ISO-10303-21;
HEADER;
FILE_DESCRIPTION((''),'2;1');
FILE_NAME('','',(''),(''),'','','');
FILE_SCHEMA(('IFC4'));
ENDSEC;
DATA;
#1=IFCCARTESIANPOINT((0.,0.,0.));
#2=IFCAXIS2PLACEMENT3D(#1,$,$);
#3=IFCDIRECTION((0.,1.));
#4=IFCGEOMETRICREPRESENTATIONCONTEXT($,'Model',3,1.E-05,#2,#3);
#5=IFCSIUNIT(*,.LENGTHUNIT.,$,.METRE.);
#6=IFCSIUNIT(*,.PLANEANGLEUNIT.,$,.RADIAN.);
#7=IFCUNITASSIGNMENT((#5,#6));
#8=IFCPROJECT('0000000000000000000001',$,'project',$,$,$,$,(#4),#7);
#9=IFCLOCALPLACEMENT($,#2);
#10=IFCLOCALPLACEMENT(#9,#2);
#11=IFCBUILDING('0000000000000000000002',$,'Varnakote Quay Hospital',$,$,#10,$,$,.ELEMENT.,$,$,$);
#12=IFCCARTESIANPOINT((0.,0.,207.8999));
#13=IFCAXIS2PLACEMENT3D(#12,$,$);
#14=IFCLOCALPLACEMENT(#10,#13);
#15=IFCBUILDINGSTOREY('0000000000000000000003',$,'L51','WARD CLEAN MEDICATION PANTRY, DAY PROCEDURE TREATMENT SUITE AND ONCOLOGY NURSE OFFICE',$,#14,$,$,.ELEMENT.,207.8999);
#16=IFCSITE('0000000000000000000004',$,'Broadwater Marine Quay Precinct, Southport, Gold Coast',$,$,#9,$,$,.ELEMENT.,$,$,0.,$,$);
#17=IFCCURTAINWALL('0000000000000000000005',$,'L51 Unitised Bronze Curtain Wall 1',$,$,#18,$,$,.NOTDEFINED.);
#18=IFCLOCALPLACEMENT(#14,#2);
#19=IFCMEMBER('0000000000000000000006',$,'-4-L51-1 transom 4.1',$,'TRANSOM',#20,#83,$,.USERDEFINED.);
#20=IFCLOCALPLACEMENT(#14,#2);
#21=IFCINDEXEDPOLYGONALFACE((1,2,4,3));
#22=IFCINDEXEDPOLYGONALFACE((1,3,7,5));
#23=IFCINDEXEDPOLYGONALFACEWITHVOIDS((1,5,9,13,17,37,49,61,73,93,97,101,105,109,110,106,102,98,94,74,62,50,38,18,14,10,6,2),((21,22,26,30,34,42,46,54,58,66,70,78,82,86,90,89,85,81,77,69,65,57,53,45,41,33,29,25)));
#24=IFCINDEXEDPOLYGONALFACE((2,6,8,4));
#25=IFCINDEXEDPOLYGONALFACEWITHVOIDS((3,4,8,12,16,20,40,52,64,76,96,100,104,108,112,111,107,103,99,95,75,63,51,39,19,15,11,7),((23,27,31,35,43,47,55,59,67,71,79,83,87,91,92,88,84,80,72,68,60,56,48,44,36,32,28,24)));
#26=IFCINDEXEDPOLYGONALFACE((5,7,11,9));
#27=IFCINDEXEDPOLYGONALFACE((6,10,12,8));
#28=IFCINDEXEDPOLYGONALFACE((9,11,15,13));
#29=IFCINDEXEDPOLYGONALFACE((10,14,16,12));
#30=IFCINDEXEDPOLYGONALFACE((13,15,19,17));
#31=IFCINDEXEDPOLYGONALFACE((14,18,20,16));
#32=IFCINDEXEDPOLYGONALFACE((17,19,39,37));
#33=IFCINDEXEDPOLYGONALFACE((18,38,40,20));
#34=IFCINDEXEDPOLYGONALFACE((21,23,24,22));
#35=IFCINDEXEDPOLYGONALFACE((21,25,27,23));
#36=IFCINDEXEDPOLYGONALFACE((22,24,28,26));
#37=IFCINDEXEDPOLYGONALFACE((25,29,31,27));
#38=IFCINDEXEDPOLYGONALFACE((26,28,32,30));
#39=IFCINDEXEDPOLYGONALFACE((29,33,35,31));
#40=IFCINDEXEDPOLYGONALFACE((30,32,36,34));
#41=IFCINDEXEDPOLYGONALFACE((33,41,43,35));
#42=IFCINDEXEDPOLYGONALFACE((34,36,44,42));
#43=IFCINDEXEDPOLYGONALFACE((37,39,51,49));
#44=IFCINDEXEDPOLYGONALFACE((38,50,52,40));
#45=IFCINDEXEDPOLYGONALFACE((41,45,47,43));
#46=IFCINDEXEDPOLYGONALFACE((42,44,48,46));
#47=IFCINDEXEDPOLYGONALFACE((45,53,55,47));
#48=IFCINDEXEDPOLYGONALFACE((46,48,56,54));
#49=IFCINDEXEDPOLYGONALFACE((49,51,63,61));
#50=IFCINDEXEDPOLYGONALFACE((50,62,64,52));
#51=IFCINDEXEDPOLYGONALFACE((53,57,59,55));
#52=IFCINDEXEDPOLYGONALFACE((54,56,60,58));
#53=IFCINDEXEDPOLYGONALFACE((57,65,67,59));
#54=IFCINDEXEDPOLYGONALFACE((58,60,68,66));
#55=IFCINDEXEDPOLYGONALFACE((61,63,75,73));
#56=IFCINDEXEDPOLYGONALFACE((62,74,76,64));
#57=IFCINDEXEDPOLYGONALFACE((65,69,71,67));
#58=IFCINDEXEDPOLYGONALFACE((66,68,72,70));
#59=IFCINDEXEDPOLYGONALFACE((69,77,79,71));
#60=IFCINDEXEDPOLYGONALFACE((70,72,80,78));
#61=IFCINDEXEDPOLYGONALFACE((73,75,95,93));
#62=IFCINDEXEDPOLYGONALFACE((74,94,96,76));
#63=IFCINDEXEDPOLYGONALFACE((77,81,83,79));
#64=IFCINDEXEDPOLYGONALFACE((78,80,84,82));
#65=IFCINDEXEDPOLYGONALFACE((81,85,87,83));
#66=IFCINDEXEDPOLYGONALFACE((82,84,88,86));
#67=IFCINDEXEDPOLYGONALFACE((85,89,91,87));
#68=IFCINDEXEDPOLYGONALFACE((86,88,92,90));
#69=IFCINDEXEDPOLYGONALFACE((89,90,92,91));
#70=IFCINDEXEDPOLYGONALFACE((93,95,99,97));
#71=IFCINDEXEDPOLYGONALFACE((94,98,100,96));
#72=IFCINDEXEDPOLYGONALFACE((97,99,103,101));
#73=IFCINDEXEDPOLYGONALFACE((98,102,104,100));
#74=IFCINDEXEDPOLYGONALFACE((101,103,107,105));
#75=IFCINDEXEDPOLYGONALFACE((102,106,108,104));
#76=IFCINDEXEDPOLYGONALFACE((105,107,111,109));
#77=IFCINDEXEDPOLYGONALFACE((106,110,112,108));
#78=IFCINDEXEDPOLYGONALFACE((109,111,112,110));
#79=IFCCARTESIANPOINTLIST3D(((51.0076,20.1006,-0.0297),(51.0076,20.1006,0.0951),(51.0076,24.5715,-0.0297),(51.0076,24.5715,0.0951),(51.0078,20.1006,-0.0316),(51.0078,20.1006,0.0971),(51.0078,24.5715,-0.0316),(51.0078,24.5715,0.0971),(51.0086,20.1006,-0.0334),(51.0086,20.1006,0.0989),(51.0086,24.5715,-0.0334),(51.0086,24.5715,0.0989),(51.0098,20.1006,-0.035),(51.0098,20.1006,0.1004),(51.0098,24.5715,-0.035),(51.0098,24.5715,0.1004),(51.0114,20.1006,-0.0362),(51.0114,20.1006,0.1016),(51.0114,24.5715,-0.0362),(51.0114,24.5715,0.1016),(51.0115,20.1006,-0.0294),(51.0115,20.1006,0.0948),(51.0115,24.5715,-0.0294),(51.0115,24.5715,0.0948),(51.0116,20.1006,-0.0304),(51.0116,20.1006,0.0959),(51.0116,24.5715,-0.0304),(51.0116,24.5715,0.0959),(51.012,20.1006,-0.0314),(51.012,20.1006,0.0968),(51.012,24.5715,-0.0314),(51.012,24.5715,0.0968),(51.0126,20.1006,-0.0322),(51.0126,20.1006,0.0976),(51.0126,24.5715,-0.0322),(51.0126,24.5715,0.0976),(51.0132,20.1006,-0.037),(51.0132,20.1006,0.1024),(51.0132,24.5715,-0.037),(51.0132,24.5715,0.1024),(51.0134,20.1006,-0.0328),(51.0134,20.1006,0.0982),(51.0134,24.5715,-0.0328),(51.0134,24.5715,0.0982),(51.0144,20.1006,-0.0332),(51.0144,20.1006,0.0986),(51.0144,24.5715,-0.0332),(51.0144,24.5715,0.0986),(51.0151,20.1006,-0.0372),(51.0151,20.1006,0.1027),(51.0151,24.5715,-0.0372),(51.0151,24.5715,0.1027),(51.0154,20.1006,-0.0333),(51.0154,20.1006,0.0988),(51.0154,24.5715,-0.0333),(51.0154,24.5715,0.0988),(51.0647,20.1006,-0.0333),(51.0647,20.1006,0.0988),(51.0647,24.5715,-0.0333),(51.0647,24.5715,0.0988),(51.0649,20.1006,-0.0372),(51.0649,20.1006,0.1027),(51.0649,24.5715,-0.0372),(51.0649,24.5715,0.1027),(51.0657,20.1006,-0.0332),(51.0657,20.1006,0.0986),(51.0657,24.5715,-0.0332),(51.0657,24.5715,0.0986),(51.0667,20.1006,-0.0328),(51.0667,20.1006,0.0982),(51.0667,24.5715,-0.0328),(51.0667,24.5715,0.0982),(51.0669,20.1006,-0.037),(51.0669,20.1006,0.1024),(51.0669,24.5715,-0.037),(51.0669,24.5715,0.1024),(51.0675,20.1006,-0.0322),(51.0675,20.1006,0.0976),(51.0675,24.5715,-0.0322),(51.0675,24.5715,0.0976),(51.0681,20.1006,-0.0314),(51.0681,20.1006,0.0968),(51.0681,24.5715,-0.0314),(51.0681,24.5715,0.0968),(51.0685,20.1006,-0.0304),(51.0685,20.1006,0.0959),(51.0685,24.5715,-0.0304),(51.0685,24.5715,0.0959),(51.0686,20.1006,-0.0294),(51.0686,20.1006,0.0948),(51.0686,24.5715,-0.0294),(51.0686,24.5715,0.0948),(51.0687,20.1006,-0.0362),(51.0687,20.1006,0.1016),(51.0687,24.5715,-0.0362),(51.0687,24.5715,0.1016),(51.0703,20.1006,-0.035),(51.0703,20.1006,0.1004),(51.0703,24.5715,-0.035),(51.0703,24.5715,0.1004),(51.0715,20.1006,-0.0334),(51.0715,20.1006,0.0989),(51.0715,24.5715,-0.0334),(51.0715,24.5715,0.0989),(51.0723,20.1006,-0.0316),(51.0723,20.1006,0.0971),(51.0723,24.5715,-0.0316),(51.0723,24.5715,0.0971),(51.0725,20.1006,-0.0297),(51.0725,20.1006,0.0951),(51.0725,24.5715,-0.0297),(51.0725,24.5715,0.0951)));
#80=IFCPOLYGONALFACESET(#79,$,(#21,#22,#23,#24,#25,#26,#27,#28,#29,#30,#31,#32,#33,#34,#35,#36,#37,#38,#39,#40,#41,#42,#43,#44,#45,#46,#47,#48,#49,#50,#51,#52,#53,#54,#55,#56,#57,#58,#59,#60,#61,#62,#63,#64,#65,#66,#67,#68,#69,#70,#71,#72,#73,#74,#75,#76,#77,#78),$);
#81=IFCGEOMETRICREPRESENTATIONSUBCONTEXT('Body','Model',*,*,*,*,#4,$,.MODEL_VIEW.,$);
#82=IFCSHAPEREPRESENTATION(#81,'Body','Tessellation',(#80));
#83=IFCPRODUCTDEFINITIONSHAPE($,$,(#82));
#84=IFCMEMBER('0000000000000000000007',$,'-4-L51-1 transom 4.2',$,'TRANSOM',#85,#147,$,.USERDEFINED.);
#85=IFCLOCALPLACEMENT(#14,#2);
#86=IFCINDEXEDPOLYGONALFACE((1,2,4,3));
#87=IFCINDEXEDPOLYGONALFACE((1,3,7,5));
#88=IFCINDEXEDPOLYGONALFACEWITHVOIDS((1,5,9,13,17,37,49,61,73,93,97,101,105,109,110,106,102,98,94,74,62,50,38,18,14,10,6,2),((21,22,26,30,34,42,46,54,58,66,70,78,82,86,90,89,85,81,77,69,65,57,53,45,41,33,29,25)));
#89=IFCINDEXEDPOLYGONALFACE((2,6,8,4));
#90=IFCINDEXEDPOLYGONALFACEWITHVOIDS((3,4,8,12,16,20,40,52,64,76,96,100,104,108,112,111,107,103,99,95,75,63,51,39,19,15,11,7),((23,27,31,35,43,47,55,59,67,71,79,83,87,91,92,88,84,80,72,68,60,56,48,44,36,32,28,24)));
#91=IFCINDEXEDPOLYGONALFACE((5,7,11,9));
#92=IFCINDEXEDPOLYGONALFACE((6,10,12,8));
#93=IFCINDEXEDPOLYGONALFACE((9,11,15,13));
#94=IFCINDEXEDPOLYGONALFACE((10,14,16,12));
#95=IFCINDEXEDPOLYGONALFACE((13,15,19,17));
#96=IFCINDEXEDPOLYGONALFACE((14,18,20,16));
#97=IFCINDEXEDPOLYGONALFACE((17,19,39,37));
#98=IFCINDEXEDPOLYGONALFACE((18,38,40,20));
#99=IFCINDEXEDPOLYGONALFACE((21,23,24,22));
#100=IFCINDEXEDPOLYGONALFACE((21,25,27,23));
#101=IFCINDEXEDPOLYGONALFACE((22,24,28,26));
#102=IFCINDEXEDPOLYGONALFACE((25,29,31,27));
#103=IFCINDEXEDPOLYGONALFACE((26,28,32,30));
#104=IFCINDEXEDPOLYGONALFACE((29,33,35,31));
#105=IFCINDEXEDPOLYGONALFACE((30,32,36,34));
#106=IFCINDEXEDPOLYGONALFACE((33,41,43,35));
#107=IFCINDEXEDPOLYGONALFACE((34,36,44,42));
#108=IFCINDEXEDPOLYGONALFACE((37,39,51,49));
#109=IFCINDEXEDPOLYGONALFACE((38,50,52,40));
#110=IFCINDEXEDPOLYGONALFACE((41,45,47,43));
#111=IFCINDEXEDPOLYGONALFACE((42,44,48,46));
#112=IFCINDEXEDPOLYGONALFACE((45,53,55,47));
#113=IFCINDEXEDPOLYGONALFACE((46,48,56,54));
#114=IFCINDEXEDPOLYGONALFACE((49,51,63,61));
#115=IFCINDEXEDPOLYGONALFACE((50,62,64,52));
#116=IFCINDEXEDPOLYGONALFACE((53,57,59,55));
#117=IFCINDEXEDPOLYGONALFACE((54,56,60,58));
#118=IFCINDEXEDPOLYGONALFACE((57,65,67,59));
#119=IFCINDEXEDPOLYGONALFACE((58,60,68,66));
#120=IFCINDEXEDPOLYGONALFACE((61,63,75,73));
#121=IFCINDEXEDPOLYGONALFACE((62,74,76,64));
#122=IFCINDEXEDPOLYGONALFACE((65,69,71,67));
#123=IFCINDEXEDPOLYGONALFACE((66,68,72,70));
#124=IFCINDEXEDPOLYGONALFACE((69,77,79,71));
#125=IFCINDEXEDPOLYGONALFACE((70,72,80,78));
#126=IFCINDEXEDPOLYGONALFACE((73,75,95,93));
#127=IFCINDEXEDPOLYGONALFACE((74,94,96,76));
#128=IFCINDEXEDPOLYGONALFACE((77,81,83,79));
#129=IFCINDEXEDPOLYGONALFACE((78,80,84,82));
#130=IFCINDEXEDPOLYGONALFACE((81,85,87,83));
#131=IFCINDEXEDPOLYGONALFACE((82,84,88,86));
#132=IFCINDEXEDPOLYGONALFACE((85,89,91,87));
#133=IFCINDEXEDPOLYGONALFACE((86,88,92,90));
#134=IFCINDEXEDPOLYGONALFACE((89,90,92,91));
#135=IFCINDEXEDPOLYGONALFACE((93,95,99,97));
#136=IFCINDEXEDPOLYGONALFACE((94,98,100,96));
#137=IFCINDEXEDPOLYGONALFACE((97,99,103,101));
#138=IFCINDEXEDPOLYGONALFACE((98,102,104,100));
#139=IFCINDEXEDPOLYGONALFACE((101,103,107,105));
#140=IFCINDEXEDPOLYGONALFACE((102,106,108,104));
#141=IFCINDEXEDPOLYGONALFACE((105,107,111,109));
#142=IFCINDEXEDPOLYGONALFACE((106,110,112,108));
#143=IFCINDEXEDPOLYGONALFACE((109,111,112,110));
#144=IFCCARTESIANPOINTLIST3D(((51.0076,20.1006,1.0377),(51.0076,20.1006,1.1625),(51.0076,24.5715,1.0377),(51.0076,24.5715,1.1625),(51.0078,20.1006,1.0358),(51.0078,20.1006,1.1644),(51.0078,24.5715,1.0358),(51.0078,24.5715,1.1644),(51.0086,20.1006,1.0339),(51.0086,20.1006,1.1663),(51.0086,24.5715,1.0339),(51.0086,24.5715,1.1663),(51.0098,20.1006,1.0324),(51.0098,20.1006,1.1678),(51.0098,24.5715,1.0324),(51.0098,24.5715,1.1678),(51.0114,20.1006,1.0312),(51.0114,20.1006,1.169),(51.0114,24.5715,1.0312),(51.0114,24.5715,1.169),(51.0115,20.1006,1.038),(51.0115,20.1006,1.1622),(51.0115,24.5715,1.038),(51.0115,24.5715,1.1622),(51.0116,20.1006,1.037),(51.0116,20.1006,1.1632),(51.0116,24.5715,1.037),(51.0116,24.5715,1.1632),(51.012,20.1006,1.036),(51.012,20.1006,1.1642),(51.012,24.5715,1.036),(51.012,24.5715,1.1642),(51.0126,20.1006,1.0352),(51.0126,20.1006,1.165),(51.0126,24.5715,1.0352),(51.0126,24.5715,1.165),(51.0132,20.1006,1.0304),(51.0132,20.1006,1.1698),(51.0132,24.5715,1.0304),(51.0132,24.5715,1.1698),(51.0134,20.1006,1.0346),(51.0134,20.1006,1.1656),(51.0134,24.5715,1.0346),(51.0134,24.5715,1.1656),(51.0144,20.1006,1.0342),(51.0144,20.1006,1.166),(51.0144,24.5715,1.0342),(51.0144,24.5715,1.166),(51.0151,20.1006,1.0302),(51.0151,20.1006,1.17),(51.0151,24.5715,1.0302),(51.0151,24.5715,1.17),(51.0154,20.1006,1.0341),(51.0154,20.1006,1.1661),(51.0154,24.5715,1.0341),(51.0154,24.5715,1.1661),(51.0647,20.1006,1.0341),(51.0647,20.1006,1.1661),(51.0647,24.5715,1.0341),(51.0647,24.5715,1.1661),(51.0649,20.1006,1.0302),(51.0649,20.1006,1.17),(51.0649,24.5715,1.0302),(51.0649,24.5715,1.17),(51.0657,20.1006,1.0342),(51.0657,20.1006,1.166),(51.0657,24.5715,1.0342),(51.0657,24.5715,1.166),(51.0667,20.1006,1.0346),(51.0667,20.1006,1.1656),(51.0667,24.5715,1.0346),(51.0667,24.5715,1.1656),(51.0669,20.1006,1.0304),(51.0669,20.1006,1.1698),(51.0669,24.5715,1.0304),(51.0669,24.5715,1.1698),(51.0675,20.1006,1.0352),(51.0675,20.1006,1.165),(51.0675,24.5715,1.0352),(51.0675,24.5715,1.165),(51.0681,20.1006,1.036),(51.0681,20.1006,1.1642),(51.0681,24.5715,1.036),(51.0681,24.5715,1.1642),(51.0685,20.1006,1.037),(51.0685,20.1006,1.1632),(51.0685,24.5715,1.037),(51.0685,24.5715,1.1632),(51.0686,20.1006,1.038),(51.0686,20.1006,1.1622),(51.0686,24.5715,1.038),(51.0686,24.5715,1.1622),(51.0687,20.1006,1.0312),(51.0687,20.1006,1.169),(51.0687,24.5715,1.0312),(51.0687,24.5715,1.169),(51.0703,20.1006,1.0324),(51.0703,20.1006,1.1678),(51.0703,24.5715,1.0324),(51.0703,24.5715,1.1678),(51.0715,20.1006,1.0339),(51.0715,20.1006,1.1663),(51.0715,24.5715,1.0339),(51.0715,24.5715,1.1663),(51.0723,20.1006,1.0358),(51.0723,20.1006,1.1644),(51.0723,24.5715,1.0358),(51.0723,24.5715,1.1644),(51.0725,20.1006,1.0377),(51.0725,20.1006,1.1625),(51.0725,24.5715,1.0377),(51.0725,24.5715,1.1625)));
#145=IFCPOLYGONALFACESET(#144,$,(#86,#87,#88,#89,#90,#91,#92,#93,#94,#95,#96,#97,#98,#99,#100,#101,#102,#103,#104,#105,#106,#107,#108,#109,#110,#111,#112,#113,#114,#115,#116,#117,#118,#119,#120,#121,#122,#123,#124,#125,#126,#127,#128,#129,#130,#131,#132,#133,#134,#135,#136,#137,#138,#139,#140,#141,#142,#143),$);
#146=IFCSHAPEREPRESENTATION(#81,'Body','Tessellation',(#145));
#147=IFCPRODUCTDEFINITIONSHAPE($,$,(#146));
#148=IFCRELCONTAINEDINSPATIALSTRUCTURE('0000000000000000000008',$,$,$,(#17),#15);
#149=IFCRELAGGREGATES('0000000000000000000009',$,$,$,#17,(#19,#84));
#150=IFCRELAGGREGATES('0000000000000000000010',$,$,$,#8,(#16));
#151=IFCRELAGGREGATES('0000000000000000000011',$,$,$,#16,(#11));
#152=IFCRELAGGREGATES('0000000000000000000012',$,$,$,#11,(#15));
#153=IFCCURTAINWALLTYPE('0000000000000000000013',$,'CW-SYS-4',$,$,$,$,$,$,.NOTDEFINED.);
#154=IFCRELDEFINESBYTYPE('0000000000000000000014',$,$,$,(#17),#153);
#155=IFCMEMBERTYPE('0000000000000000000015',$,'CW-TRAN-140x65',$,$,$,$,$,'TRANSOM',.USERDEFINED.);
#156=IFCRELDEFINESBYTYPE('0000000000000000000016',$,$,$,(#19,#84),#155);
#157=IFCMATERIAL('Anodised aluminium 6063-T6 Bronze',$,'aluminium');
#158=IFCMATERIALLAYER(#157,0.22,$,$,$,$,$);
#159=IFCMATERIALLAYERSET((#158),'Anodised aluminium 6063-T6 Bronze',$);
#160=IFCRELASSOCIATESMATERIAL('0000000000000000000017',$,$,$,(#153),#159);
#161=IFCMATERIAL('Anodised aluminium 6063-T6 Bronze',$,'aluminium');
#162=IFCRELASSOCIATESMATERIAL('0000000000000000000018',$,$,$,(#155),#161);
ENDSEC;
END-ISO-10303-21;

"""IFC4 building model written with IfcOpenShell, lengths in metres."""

from ifc_helpers import new_model, si_unit, direction, frame, origin, origin_2d, place, context, subcontext, project, spatial, hollow_rectangle, extrude, material, layer, layer_set, material_profile, profile_set, type_object, element, aggregate, save


model = new_model("IFC4")

# Units and contexts
model_context = context("Model", 3, precision=1e-05, world=origin(), true_north=direction((0.0, 1.0)))
body_context = subcontext(model_context, "Body", "Model", "MODEL_VIEW")
ifc_project = project(units=[si_unit("LENGTHUNIT", "METRE"), si_unit("PLANEANGLEUNIT", "RADIAN")], contexts=[model_context])

# Site, building, storey
site_placement = place(None, origin())
site = spatial("IfcSite", under=ifc_project, at=site_placement, Name="Broadwater Marine Quay Precinct, Southport, Gold Coast", CompositionType="ELEMENT", RefElevation=0.0)
building_placement = place(site_placement, origin())
building = spatial("IfcBuilding", under=site, at=building_placement, Name="Varnakote Quay Hospital", CompositionType="ELEMENT")
storey_placement = place(building_placement, frame((0.0, 0.0, 207.8999)))
storey = spatial("IfcBuildingStorey", under=building, at=storey_placement, Name="L51", Description="WARD CLEAN MEDICATION PANTRY, DAY PROCEDURE TREATMENT SUITE AND ONCOLOGY NURSE OFFICE", CompositionType="ELEMENT", Elevation=207.8999)

# Curtain wall, members
ifc_material_1 = material(Name="Anodised aluminium 6063-T6 Bronze", Category="aluminium")
ifc_layer_1 = layer(ifc_material_1, 0.22)
ifc_layer_set_1 = layer_set([ifc_layer_1], Name="Anodised aluminium 6063-T6 Bronze")
curtain_wall_type = type_object("IfcCurtainWallType", Name="CW-SYS-4", PredefinedType="NOTDEFINED", material=ifc_layer_set_1)
curtain_wall_placement = place(storey_placement, origin())
curtain_wall = element("IfcCurtainWall", 1, at=curtain_wall_placement, inside=storey, type_object=curtain_wall_type, Name="L51 Unitised Bronze Curtain Wall 1", PredefinedType="NOTDEFINED")
ifc_material_2 = material(Name="Anodised aluminium 6063-T6 Bronze", Category="aluminium")
ifc_material_profile_1 = material_profile(ifc_material_2, hollow_rectangle(XDim=0.0649, YDim=0.1399, WallThickness=0.0039, InnerFilletRadius=0.0039, OuterFilletRadius=0.0076, at=origin_2d()), Name="CW-TRAN-140x65")
ifc_profile_set_1 = profile_set([ifc_material_profile_1], Name="Anodised aluminium 6063-T6 Bronze")
member_type_1 = type_object("IfcMemberType", Name="CW-TRAN-140x65", ElementType="TRANSOM", PredefinedType="USERDEFINED", material=ifc_profile_set_1)
member_1_placement = place(storey_placement, frame((51.04, 20.1006, 0.0327), z_axis=(0.0, 1.0, 0.0), x_axis=(-1.0, 0.0, 0.0)))
member_1 = element("IfcMember", 2, at=member_1_placement, type_object=member_type_1, Name="-4-L51-1 transom 4.1", ObjectType="TRANSOM", PredefinedType="USERDEFINED", context=body_context, shape_type="SweptSolid", body=[
    extrude(hollow_rectangle(XDim=0.0649, YDim=0.1399, WallThickness=0.0039, InnerFilletRadius=0.0039, OuterFilletRadius=0.0076, at=origin_2d()), origin(), (0.0, 0.0, 1.0), 4.4709),
])
member_2_placement = place(storey_placement, frame((51.04, 20.1006, 1.1001), z_axis=(0.0, 1.0, 0.0), x_axis=(-1.0, 0.0, 0.0)))
member_2 = element("IfcMember", 3, at=member_2_placement, type_object=member_type_1, Name="-4-L51-1 transom 4.2", ObjectType="TRANSOM", PredefinedType="USERDEFINED", context=body_context, shape_type="SweptSolid", body=[
    extrude(hollow_rectangle(XDim=0.0649, YDim=0.1399, WallThickness=0.0039, InnerFilletRadius=0.0039, OuterFilletRadius=0.0076, at=origin_2d()), origin(), (0.0, 0.0, 1.0), 4.4709),
])
aggregate(curtain_wall, [member_1, member_2])

save(model, "model.ifc")
